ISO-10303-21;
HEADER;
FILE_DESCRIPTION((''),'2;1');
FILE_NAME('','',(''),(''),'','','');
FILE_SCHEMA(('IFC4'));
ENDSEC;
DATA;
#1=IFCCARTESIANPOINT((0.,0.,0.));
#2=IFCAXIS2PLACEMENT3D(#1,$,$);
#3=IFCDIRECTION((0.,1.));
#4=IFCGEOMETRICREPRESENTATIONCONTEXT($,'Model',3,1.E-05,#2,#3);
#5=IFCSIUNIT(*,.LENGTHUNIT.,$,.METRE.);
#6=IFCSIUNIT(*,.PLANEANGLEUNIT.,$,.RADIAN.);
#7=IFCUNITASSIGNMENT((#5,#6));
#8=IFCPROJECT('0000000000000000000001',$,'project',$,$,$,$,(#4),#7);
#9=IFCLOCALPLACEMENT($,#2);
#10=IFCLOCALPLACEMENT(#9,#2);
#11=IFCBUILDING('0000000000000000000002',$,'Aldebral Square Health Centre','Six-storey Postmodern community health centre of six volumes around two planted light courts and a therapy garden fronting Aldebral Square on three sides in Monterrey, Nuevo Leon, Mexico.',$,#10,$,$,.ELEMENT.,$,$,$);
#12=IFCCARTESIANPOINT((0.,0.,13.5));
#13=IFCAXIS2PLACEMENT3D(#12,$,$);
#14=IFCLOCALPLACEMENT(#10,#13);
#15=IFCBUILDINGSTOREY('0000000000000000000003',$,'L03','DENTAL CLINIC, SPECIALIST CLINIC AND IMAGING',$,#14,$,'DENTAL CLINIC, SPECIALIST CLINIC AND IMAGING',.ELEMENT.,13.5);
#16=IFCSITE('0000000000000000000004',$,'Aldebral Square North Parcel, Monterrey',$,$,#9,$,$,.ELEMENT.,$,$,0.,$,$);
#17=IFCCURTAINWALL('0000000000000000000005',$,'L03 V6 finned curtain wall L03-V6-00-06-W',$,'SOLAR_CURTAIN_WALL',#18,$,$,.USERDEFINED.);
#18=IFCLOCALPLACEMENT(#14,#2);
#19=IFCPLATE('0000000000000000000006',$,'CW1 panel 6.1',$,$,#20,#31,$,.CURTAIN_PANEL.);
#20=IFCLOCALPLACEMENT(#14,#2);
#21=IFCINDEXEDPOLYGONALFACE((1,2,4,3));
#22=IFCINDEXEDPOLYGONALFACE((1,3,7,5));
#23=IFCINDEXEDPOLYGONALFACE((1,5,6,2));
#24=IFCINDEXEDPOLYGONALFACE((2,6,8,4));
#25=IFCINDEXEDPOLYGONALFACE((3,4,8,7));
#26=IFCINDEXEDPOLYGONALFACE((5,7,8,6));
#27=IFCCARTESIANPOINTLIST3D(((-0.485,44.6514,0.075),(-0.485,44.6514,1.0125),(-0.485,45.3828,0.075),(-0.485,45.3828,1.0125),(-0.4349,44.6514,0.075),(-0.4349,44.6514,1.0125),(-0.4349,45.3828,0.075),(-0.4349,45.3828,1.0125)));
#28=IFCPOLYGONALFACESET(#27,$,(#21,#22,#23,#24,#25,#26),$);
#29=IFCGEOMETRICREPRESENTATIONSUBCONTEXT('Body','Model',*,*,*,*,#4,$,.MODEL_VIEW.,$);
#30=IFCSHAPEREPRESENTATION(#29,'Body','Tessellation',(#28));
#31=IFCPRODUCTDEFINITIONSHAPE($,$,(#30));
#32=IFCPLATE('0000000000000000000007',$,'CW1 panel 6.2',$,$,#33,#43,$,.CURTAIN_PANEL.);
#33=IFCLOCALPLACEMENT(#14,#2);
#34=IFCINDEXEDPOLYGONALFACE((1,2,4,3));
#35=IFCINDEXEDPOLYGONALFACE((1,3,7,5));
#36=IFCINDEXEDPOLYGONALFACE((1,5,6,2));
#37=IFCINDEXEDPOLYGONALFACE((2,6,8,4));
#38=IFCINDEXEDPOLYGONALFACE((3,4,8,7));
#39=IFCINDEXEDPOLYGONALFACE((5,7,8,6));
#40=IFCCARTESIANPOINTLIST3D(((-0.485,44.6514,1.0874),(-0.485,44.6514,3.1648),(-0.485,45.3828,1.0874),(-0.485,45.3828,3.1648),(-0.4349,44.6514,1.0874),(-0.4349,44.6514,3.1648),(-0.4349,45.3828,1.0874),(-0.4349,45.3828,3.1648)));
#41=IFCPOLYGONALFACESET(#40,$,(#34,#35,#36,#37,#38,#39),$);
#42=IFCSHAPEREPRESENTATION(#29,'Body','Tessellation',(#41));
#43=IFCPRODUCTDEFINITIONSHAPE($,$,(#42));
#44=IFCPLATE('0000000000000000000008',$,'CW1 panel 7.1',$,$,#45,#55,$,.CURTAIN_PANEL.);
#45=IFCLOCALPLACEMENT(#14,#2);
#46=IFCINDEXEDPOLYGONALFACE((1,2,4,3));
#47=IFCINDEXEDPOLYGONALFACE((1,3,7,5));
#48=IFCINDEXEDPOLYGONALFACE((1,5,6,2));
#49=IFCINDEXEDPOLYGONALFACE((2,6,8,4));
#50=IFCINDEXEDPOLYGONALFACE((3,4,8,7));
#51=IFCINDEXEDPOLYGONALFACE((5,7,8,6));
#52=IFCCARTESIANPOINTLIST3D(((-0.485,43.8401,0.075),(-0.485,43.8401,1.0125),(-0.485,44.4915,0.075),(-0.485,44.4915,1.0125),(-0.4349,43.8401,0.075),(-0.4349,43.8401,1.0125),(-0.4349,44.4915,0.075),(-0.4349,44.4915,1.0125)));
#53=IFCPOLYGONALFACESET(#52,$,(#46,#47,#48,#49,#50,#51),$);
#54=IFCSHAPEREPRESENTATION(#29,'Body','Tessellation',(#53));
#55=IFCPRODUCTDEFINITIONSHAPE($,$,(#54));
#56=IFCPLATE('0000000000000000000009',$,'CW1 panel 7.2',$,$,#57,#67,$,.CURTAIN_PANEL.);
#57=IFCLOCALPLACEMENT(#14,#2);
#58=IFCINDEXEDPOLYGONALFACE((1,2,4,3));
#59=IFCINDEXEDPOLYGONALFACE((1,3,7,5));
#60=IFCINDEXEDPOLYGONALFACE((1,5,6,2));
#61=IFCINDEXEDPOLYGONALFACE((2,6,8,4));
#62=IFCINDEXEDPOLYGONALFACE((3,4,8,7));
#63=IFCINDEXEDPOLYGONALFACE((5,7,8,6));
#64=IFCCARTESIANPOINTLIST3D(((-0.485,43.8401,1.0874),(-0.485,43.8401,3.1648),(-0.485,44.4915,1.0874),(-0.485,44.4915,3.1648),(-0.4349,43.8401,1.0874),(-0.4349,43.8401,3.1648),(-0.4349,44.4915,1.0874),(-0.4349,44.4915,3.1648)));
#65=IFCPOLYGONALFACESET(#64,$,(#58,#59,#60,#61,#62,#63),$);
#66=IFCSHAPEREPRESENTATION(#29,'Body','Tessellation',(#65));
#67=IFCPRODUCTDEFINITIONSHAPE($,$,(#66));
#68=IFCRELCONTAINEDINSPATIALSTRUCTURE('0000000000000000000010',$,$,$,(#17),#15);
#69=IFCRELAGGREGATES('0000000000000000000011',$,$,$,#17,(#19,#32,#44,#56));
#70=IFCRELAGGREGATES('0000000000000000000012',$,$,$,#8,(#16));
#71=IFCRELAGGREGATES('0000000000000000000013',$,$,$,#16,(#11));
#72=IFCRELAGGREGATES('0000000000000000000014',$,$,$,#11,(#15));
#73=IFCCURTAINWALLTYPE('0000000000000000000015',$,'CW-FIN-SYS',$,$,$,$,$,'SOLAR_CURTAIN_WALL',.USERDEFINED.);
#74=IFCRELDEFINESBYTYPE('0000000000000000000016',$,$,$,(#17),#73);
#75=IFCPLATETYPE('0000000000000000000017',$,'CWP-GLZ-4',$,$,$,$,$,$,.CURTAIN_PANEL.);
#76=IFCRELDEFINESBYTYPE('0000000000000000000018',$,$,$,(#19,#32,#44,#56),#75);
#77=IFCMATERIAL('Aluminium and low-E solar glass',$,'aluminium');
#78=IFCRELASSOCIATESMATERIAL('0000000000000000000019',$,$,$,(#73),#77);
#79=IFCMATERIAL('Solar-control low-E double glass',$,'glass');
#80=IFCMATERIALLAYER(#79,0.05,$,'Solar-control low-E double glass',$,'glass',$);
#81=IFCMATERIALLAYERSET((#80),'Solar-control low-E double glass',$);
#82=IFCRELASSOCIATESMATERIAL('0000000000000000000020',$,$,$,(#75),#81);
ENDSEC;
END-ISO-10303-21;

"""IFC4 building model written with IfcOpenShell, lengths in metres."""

from ifc_helpers import new_model, si_unit, direction, frame, origin, origin_2d, place, context, subcontext, project, spatial, rectangle, extrude, material, layer, layer_set, type_object, element, aggregate, save


model = new_model("IFC4")

# Units and contexts
model_context = context("Model", 3, precision=1e-05, world=origin(), true_north=direction((0.0, 1.0)))
body_context = subcontext(model_context, "Body", "Model", "MODEL_VIEW")
ifc_project = project(units=[si_unit("LENGTHUNIT", "METRE"), si_unit("PLANEANGLEUNIT", "RADIAN")], contexts=[model_context])

# Site, building, storey
site_placement = place(None, origin())
site = spatial("IfcSite", under=ifc_project, at=site_placement, Name="Aldebral Square North Parcel, Monterrey", CompositionType="ELEMENT", RefElevation=0.0)
building_placement = place(site_placement, origin())
building = spatial("IfcBuilding", under=site, at=building_placement, Name="Aldebral Square Health Centre", Description="Six-storey Postmodern community health centre of six volumes around two planted light courts and a therapy garden fronting Aldebral Square on three sides in Monterrey, Nuevo Leon, Mexico.", CompositionType="ELEMENT")
storey_placement = place(building_placement, frame((0.0, 0.0, 13.5)))
storey = spatial("IfcBuildingStorey", under=building, at=storey_placement, Name="L03", Description="DENTAL CLINIC, SPECIALIST CLINIC AND IMAGING", LongName="DENTAL CLINIC, SPECIALIST CLINIC AND IMAGING", CompositionType="ELEMENT", Elevation=13.5)

# Curtain wall
ifc_material_1 = material(Name="Aluminium and low-E solar glass", Category="aluminium")
curtain_wall_type = type_object("IfcCurtainWallType", Name="CW-FIN-SYS", ElementType="SOLAR_CURTAIN_WALL", PredefinedType="USERDEFINED", material=ifc_material_1)
curtain_wall_1_placement = place(storey_placement, origin())
curtain_wall_1 = element("IfcCurtainWall", 1, at=curtain_wall_1_placement, inside=storey, type_object=curtain_wall_type, Name="L03 V6 finned curtain wall L03-V6-00-06-W", ObjectType="SOLAR_CURTAIN_WALL", PredefinedType="USERDEFINED")

# Plates
ifc_material_2 = material(Name="Solar-control low-E double glass", Category="glass")
ifc_layer_1 = layer(ifc_material_2, 0.05, Name="Solar-control low-E double glass", Category="glass")
ifc_layer_set_1 = layer_set([ifc_layer_1], Name="Solar-control low-E double glass")
plate_type_1 = type_object("IfcPlateType", Name="CWP-GLZ-4", PredefinedType="CURTAIN_PANEL", material=ifc_layer_set_1)
plate_1_placement = place(storey_placement, frame((-0.46, 45.0171, 0.075), z_axis=(0.0, 0.0, 1.0), x_axis=(0.0, -1.0, 0.0)))
plate_1 = element("IfcPlate", 2, at=plate_1_placement, type_object=plate_type_1, Name="CW1 panel 6.1", PredefinedType="CURTAIN_PANEL", context=body_context, shape_type="SweptSolid", body=[
    extrude(rectangle(XDim=0.7314, YDim=0.05, at=origin_2d()), origin(), (0.0, 0.0, 1.0), 0.9375),
])
plate_2_placement = place(storey_placement, frame((-0.46, 45.0171, 1.0874), z_axis=(0.0, 0.0, 1.0), x_axis=(0.0, -1.0, 0.0)))
plate_2 = element("IfcPlate", 3, at=plate_2_placement, type_object=plate_type_1, Name="CW1 panel 6.2", PredefinedType="CURTAIN_PANEL", context=body_context, shape_type="SweptSolid", body=[
    extrude(rectangle(XDim=0.7314, YDim=0.05, at=origin_2d()), origin(), (0.0, 0.0, 1.0), 2.0774),
])
plate_3_placement = place(storey_placement, frame((-0.46, 44.1658, 0.075), z_axis=(0.0, 0.0, 1.0), x_axis=(0.0, -1.0, 0.0)))
plate_3 = element("IfcPlate", 4, at=plate_3_placement, type_object=plate_type_1, Name="CW1 panel 7.1", PredefinedType="CURTAIN_PANEL", context=body_context, shape_type="SweptSolid", body=[
    extrude(rectangle(XDim=0.6514, YDim=0.05, at=origin_2d()), origin(), (0.0, 0.0, 1.0), 0.9375),
])
plate_4_placement = place(storey_placement, frame((-0.46, 44.1658, 1.0874), z_axis=(0.0, 0.0, 1.0), x_axis=(0.0, -1.0, 0.0)))
plate_4 = element("IfcPlate", 5, at=plate_4_placement, type_object=plate_type_1, Name="CW1 panel 7.2", PredefinedType="CURTAIN_PANEL", context=body_context, shape_type="SweptSolid", body=[
    extrude(rectangle(XDim=0.6514, YDim=0.05, at=origin_2d()), origin(), (0.0, 0.0, 1.0), 2.0774),
])
aggregate(curtain_wall_1, [plate_1, plate_2, plate_3, plate_4])

save(model, "model.ifc")
